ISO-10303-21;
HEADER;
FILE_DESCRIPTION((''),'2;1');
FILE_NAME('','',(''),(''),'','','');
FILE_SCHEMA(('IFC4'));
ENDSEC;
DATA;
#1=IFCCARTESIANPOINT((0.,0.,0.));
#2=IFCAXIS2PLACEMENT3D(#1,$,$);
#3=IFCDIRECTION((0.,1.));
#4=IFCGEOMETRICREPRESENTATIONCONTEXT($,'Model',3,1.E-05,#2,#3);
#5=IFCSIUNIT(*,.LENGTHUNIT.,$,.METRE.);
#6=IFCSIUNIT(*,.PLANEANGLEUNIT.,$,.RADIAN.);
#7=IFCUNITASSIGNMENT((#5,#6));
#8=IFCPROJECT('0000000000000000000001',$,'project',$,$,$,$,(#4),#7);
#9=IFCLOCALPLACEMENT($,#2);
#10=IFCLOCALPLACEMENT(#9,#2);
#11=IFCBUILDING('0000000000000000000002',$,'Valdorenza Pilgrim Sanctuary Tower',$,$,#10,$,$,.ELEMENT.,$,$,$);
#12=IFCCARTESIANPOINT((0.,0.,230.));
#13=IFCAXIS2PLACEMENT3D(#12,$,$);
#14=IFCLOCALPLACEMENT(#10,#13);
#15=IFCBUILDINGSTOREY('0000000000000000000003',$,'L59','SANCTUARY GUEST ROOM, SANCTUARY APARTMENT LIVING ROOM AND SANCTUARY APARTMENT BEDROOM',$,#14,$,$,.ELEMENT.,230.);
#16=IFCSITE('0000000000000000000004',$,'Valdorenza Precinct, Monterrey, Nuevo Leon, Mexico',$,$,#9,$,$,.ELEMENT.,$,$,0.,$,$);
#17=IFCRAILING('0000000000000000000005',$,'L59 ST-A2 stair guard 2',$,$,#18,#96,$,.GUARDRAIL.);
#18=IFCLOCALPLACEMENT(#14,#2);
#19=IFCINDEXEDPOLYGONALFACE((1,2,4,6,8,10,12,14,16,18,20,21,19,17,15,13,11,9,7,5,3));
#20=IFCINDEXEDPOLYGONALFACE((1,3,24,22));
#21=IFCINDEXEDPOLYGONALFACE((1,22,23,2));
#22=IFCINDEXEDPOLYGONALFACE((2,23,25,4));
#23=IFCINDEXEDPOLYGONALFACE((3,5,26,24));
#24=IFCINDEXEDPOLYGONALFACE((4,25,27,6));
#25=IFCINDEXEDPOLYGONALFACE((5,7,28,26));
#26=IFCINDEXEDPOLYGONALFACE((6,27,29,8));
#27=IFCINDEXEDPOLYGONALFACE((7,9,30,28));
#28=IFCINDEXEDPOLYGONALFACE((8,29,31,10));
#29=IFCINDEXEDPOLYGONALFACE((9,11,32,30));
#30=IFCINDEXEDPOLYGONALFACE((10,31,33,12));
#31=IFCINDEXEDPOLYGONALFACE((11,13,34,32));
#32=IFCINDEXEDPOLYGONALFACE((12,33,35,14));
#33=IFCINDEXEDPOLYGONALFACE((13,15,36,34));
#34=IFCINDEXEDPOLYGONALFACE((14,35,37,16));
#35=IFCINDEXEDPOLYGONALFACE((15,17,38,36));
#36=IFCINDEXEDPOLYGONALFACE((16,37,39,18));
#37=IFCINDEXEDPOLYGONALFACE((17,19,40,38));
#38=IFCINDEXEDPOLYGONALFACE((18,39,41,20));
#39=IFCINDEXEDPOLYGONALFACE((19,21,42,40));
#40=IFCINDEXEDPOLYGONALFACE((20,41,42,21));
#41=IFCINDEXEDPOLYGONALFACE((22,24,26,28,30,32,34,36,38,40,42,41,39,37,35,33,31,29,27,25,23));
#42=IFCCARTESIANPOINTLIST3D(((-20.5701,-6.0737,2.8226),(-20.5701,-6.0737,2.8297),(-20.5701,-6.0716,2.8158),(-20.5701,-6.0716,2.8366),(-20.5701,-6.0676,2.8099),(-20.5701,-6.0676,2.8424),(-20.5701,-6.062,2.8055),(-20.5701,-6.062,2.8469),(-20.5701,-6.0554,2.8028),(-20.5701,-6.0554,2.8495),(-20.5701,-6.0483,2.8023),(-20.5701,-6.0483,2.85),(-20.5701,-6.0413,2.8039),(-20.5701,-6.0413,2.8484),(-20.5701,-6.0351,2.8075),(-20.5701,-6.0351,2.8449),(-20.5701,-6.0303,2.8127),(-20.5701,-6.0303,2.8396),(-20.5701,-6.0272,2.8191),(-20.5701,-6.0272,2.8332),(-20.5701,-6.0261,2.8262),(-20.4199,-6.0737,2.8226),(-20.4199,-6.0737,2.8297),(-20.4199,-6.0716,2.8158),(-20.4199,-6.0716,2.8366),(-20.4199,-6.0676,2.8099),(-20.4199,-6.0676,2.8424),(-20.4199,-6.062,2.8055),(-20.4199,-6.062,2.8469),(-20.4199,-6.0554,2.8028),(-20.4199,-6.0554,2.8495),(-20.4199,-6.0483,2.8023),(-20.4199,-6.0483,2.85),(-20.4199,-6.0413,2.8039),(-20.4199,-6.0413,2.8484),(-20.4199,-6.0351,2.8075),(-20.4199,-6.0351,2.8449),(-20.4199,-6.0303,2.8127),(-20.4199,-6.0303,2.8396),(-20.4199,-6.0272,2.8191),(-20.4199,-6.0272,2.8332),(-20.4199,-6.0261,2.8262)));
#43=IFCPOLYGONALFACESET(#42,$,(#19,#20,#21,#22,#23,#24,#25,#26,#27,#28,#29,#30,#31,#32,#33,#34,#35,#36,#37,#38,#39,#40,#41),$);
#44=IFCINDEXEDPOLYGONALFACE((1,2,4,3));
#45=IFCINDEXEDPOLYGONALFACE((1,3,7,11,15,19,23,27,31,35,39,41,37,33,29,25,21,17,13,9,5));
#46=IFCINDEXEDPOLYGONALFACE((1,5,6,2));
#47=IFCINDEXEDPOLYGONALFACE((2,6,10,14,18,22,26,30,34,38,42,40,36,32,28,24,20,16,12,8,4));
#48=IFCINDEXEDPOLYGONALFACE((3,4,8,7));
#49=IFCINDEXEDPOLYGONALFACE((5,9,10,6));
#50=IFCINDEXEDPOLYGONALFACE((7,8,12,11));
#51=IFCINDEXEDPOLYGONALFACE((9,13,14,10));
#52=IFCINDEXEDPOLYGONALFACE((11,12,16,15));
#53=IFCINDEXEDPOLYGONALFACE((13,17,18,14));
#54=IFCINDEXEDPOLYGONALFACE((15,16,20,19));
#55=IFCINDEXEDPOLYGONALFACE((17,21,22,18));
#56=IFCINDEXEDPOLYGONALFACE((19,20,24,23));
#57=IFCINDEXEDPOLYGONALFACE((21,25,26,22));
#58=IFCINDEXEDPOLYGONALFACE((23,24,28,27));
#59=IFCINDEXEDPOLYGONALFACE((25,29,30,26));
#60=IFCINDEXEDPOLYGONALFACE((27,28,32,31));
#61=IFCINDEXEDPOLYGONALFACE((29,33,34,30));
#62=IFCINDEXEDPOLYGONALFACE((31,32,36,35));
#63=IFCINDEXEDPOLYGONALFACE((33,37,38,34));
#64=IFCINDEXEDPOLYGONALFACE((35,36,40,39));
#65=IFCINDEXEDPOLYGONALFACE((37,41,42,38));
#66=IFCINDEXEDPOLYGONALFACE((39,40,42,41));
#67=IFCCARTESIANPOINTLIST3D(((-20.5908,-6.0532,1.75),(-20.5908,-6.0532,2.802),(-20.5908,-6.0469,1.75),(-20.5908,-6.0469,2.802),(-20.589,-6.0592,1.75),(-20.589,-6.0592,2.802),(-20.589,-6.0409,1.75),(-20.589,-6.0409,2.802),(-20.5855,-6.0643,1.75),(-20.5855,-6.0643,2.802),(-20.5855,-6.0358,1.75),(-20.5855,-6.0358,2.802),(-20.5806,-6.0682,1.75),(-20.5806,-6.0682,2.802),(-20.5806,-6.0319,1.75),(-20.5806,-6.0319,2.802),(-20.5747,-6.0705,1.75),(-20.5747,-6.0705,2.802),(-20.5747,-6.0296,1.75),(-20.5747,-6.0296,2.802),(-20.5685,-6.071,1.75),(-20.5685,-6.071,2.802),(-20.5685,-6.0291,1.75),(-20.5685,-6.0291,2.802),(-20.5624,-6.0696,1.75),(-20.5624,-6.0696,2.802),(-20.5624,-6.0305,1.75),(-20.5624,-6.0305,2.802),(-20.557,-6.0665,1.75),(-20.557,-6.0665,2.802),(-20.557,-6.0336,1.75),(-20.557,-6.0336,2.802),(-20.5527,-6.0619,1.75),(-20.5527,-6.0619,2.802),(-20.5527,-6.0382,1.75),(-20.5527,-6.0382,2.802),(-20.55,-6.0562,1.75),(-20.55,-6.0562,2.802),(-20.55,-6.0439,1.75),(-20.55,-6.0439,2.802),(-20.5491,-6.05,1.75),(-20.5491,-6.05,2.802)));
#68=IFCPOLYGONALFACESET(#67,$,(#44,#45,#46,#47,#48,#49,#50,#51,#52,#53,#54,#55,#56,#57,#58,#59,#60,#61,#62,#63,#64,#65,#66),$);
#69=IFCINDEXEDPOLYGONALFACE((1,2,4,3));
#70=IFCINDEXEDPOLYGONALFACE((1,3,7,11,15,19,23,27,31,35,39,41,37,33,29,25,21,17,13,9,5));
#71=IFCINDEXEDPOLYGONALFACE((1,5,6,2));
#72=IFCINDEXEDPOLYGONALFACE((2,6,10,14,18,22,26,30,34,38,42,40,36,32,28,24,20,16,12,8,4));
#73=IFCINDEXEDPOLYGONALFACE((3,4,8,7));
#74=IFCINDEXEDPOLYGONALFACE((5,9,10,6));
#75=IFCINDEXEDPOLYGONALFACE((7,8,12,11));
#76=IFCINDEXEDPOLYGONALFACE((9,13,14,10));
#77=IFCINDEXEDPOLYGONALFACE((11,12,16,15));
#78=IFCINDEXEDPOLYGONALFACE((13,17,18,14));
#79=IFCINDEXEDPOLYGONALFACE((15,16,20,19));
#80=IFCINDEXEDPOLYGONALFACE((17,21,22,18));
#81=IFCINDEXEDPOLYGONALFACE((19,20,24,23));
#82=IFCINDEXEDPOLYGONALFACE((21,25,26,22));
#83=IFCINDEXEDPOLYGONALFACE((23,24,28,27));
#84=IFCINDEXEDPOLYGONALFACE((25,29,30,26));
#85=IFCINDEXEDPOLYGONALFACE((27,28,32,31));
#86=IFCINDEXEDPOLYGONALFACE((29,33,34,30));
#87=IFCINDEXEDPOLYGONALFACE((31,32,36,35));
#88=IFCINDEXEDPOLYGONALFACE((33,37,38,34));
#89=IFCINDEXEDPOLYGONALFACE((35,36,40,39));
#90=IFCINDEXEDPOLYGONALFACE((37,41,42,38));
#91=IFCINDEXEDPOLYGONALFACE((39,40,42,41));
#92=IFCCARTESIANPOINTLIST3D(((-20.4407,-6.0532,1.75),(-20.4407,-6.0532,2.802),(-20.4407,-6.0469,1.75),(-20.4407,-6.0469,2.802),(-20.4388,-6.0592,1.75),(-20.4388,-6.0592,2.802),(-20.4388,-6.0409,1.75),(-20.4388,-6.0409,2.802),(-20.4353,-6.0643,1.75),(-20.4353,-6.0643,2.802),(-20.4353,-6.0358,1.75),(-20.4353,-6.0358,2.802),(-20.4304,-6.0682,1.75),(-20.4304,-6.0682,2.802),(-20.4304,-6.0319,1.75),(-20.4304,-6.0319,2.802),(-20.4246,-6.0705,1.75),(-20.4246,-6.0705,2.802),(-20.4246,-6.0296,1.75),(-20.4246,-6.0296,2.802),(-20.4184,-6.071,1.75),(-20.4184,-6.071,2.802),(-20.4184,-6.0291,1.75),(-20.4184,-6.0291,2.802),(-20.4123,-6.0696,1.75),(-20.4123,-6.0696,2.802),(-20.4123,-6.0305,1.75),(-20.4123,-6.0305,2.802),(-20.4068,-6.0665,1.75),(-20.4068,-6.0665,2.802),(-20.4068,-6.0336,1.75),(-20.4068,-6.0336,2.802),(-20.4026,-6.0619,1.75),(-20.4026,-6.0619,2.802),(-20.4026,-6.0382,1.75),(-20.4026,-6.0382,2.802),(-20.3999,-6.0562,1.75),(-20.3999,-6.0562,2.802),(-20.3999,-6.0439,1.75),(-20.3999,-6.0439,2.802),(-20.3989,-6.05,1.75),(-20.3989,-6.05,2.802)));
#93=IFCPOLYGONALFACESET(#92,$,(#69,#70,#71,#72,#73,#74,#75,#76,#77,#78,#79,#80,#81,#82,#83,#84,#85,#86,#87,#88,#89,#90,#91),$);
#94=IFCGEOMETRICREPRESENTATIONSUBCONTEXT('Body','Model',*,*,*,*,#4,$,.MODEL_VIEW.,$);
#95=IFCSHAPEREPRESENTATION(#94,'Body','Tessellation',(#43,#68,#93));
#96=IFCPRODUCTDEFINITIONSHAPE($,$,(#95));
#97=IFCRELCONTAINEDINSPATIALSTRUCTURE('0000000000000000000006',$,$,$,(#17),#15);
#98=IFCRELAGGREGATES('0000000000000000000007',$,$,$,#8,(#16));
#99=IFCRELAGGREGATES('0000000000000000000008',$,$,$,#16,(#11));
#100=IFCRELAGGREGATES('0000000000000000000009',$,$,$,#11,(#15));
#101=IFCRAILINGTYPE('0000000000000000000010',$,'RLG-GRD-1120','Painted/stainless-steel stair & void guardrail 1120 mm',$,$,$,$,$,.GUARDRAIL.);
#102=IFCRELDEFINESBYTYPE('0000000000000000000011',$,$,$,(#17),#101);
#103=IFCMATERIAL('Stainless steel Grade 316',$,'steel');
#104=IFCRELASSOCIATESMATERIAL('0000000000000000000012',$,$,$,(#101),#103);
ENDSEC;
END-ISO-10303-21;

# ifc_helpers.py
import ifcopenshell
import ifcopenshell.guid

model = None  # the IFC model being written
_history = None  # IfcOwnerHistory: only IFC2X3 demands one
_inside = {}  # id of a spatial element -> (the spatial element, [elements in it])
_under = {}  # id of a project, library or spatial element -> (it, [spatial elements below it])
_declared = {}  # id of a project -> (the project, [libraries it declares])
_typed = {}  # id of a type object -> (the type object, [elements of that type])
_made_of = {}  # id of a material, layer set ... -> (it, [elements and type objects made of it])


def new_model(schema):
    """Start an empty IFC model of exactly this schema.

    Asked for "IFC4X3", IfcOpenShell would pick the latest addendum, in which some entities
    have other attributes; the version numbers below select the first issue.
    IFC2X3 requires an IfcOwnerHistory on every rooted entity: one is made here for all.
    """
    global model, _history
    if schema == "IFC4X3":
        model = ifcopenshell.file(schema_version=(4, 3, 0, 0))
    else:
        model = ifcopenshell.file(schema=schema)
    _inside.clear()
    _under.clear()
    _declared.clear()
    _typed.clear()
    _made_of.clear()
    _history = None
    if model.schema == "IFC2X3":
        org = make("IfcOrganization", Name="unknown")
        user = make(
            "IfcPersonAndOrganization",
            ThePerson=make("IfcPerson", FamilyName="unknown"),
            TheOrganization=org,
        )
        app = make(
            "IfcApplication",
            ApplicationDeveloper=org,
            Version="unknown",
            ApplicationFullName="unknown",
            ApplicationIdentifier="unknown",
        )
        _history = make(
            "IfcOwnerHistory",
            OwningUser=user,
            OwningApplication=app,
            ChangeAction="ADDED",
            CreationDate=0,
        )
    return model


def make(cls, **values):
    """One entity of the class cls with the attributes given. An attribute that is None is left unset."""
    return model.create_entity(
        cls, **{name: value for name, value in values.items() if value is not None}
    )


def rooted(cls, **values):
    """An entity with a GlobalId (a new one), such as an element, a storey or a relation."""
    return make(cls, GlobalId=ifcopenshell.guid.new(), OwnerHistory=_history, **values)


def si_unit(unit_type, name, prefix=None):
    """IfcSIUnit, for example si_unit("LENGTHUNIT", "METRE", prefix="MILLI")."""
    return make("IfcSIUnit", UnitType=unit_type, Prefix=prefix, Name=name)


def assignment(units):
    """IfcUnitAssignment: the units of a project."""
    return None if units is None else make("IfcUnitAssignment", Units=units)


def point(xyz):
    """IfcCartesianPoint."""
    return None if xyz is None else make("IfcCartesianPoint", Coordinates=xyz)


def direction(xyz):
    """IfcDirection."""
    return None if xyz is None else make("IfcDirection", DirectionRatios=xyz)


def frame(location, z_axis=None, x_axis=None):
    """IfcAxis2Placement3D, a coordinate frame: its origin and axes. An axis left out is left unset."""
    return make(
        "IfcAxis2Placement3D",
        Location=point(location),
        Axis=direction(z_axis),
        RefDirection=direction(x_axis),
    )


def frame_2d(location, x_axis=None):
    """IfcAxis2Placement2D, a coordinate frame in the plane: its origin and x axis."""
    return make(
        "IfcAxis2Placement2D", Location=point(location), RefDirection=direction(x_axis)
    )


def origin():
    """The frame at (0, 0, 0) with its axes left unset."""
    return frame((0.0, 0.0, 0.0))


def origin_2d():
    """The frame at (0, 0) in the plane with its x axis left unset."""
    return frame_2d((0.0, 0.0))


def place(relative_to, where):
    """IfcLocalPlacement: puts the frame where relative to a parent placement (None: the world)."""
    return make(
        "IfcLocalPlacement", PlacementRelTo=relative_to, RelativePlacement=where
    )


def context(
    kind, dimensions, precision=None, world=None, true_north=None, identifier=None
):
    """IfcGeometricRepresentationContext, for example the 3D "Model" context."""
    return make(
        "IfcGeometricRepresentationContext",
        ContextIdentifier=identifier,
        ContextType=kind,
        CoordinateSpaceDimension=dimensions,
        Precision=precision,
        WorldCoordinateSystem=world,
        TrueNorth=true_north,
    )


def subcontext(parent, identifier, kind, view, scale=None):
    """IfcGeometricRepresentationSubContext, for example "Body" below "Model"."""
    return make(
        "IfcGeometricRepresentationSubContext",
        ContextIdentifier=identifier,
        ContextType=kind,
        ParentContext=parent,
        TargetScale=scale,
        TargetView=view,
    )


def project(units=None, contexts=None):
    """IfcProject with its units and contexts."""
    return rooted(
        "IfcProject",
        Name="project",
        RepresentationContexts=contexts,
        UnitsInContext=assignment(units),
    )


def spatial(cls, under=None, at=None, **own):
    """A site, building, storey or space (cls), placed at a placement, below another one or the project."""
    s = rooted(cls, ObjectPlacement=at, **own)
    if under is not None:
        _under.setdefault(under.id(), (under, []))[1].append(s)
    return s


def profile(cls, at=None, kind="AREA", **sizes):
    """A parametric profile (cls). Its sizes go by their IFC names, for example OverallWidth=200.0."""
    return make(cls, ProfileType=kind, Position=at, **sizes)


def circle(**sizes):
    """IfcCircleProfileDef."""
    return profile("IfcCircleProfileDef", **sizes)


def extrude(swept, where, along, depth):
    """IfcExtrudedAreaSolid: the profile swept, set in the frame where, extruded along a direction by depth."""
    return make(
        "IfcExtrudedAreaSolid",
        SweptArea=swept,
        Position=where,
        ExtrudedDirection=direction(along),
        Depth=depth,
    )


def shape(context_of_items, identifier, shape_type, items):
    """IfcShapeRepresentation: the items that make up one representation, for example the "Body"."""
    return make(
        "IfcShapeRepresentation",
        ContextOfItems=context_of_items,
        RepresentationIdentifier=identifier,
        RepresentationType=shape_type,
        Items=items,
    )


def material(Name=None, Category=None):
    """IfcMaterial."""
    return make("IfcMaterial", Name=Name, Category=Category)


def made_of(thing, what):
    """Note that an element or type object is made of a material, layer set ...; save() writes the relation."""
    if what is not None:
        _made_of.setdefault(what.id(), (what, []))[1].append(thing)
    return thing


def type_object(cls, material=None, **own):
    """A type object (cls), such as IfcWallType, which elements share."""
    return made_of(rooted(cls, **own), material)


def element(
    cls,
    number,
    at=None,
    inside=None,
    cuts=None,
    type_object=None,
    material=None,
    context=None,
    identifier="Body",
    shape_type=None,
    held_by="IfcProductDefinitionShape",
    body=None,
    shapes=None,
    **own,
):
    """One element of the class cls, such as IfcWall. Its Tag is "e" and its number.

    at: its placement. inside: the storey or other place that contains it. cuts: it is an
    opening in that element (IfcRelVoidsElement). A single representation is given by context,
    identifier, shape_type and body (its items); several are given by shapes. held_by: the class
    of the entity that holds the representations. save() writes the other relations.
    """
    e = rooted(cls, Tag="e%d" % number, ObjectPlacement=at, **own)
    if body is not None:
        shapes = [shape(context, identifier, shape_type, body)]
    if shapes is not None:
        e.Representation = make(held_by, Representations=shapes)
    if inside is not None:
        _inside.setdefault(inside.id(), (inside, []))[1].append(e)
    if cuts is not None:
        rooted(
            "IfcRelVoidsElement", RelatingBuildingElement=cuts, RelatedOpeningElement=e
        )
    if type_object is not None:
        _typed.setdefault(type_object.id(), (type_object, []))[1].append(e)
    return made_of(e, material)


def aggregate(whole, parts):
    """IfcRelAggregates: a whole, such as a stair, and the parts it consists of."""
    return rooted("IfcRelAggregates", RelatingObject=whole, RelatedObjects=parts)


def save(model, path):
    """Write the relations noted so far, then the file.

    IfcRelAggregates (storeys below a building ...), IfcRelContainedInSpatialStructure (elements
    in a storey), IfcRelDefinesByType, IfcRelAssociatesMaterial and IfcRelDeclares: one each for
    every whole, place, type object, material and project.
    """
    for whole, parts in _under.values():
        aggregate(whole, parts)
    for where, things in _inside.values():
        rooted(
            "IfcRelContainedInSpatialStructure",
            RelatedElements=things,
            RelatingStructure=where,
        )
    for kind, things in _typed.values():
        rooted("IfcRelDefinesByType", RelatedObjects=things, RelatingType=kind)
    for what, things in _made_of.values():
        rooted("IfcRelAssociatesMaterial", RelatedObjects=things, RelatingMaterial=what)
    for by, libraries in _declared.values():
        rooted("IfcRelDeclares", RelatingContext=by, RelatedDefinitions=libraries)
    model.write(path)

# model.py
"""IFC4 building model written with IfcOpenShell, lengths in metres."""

from ifc_helpers import new_model, si_unit, direction, frame, origin, origin_2d, place, context, subcontext, project, spatial, circle, extrude, material, type_object, element, save


model = new_model("IFC4")

# Units and contexts
model_context = context("Model", 3, precision=1e-05, world=origin(), true_north=direction((0.0, 1.0)))
body_context = subcontext(model_context, "Body", "Model", "MODEL_VIEW")
ifc_project = project(units=[si_unit("LENGTHUNIT", "METRE"), si_unit("PLANEANGLEUNIT", "RADIAN")], contexts=[model_context])

# Site, building, storey
site_placement = place(None, origin())
site = spatial("IfcSite", under=ifc_project, at=site_placement, Name="Valdorenza Precinct, Monterrey, Nuevo Leon, Mexico", CompositionType="ELEMENT", RefElevation=0.0)
building_placement = place(site_placement, origin())
building = spatial("IfcBuilding", under=site, at=building_placement, Name="Valdorenza Pilgrim Sanctuary Tower", CompositionType="ELEMENT")
storey_placement = place(building_placement, frame((0.0, 0.0, 230.0)))
storey = spatial("IfcBuildingStorey", under=building, at=storey_placement, Name="L59", Description="SANCTUARY GUEST ROOM, SANCTUARY APARTMENT LIVING ROOM AND SANCTUARY APARTMENT BEDROOM", CompositionType="ELEMENT", Elevation=230.0)

# Railing
ifc_material_1 = material(Name="Stainless steel Grade 316", Category="steel")
railing_type_1 = type_object("IfcRailingType", Name="RLG-GRD-1120", Description="Painted/stainless-steel stair & void guardrail 1120 mm", PredefinedType="GUARDRAIL", material=ifc_material_1)
railing_1_placement = place(storey_placement, frame((-20.5701, -6.05, 1.75)))
element("IfcRailing", 1, at=railing_1_placement, inside=storey, type_object=railing_type_1, Name="L59 ST-A2 stair guard 2", PredefinedType="GUARDRAIL", context=body_context, shape_type="SweptSolid", body=[
    extrude(circle(Radius=0.0239, at=origin_2d()), frame((0.0, 0.0, 1.0762), z_axis=(1.0, 0.0, 0.0), x_axis=(0.0, 1.0, 0.0)), (0.0, 0.0, 1.0), 0.1501),
    extrude(circle(Radius=0.021, at=origin_2d()), origin(), (0.0, 0.0, 1.0), 1.052),
    extrude(circle(Radius=0.021, at=origin_2d()), frame((0.1501, 0.0, 0.0)), (0.0, 0.0, 1.0), 1.052),
])

save(model, "model.ifc")
